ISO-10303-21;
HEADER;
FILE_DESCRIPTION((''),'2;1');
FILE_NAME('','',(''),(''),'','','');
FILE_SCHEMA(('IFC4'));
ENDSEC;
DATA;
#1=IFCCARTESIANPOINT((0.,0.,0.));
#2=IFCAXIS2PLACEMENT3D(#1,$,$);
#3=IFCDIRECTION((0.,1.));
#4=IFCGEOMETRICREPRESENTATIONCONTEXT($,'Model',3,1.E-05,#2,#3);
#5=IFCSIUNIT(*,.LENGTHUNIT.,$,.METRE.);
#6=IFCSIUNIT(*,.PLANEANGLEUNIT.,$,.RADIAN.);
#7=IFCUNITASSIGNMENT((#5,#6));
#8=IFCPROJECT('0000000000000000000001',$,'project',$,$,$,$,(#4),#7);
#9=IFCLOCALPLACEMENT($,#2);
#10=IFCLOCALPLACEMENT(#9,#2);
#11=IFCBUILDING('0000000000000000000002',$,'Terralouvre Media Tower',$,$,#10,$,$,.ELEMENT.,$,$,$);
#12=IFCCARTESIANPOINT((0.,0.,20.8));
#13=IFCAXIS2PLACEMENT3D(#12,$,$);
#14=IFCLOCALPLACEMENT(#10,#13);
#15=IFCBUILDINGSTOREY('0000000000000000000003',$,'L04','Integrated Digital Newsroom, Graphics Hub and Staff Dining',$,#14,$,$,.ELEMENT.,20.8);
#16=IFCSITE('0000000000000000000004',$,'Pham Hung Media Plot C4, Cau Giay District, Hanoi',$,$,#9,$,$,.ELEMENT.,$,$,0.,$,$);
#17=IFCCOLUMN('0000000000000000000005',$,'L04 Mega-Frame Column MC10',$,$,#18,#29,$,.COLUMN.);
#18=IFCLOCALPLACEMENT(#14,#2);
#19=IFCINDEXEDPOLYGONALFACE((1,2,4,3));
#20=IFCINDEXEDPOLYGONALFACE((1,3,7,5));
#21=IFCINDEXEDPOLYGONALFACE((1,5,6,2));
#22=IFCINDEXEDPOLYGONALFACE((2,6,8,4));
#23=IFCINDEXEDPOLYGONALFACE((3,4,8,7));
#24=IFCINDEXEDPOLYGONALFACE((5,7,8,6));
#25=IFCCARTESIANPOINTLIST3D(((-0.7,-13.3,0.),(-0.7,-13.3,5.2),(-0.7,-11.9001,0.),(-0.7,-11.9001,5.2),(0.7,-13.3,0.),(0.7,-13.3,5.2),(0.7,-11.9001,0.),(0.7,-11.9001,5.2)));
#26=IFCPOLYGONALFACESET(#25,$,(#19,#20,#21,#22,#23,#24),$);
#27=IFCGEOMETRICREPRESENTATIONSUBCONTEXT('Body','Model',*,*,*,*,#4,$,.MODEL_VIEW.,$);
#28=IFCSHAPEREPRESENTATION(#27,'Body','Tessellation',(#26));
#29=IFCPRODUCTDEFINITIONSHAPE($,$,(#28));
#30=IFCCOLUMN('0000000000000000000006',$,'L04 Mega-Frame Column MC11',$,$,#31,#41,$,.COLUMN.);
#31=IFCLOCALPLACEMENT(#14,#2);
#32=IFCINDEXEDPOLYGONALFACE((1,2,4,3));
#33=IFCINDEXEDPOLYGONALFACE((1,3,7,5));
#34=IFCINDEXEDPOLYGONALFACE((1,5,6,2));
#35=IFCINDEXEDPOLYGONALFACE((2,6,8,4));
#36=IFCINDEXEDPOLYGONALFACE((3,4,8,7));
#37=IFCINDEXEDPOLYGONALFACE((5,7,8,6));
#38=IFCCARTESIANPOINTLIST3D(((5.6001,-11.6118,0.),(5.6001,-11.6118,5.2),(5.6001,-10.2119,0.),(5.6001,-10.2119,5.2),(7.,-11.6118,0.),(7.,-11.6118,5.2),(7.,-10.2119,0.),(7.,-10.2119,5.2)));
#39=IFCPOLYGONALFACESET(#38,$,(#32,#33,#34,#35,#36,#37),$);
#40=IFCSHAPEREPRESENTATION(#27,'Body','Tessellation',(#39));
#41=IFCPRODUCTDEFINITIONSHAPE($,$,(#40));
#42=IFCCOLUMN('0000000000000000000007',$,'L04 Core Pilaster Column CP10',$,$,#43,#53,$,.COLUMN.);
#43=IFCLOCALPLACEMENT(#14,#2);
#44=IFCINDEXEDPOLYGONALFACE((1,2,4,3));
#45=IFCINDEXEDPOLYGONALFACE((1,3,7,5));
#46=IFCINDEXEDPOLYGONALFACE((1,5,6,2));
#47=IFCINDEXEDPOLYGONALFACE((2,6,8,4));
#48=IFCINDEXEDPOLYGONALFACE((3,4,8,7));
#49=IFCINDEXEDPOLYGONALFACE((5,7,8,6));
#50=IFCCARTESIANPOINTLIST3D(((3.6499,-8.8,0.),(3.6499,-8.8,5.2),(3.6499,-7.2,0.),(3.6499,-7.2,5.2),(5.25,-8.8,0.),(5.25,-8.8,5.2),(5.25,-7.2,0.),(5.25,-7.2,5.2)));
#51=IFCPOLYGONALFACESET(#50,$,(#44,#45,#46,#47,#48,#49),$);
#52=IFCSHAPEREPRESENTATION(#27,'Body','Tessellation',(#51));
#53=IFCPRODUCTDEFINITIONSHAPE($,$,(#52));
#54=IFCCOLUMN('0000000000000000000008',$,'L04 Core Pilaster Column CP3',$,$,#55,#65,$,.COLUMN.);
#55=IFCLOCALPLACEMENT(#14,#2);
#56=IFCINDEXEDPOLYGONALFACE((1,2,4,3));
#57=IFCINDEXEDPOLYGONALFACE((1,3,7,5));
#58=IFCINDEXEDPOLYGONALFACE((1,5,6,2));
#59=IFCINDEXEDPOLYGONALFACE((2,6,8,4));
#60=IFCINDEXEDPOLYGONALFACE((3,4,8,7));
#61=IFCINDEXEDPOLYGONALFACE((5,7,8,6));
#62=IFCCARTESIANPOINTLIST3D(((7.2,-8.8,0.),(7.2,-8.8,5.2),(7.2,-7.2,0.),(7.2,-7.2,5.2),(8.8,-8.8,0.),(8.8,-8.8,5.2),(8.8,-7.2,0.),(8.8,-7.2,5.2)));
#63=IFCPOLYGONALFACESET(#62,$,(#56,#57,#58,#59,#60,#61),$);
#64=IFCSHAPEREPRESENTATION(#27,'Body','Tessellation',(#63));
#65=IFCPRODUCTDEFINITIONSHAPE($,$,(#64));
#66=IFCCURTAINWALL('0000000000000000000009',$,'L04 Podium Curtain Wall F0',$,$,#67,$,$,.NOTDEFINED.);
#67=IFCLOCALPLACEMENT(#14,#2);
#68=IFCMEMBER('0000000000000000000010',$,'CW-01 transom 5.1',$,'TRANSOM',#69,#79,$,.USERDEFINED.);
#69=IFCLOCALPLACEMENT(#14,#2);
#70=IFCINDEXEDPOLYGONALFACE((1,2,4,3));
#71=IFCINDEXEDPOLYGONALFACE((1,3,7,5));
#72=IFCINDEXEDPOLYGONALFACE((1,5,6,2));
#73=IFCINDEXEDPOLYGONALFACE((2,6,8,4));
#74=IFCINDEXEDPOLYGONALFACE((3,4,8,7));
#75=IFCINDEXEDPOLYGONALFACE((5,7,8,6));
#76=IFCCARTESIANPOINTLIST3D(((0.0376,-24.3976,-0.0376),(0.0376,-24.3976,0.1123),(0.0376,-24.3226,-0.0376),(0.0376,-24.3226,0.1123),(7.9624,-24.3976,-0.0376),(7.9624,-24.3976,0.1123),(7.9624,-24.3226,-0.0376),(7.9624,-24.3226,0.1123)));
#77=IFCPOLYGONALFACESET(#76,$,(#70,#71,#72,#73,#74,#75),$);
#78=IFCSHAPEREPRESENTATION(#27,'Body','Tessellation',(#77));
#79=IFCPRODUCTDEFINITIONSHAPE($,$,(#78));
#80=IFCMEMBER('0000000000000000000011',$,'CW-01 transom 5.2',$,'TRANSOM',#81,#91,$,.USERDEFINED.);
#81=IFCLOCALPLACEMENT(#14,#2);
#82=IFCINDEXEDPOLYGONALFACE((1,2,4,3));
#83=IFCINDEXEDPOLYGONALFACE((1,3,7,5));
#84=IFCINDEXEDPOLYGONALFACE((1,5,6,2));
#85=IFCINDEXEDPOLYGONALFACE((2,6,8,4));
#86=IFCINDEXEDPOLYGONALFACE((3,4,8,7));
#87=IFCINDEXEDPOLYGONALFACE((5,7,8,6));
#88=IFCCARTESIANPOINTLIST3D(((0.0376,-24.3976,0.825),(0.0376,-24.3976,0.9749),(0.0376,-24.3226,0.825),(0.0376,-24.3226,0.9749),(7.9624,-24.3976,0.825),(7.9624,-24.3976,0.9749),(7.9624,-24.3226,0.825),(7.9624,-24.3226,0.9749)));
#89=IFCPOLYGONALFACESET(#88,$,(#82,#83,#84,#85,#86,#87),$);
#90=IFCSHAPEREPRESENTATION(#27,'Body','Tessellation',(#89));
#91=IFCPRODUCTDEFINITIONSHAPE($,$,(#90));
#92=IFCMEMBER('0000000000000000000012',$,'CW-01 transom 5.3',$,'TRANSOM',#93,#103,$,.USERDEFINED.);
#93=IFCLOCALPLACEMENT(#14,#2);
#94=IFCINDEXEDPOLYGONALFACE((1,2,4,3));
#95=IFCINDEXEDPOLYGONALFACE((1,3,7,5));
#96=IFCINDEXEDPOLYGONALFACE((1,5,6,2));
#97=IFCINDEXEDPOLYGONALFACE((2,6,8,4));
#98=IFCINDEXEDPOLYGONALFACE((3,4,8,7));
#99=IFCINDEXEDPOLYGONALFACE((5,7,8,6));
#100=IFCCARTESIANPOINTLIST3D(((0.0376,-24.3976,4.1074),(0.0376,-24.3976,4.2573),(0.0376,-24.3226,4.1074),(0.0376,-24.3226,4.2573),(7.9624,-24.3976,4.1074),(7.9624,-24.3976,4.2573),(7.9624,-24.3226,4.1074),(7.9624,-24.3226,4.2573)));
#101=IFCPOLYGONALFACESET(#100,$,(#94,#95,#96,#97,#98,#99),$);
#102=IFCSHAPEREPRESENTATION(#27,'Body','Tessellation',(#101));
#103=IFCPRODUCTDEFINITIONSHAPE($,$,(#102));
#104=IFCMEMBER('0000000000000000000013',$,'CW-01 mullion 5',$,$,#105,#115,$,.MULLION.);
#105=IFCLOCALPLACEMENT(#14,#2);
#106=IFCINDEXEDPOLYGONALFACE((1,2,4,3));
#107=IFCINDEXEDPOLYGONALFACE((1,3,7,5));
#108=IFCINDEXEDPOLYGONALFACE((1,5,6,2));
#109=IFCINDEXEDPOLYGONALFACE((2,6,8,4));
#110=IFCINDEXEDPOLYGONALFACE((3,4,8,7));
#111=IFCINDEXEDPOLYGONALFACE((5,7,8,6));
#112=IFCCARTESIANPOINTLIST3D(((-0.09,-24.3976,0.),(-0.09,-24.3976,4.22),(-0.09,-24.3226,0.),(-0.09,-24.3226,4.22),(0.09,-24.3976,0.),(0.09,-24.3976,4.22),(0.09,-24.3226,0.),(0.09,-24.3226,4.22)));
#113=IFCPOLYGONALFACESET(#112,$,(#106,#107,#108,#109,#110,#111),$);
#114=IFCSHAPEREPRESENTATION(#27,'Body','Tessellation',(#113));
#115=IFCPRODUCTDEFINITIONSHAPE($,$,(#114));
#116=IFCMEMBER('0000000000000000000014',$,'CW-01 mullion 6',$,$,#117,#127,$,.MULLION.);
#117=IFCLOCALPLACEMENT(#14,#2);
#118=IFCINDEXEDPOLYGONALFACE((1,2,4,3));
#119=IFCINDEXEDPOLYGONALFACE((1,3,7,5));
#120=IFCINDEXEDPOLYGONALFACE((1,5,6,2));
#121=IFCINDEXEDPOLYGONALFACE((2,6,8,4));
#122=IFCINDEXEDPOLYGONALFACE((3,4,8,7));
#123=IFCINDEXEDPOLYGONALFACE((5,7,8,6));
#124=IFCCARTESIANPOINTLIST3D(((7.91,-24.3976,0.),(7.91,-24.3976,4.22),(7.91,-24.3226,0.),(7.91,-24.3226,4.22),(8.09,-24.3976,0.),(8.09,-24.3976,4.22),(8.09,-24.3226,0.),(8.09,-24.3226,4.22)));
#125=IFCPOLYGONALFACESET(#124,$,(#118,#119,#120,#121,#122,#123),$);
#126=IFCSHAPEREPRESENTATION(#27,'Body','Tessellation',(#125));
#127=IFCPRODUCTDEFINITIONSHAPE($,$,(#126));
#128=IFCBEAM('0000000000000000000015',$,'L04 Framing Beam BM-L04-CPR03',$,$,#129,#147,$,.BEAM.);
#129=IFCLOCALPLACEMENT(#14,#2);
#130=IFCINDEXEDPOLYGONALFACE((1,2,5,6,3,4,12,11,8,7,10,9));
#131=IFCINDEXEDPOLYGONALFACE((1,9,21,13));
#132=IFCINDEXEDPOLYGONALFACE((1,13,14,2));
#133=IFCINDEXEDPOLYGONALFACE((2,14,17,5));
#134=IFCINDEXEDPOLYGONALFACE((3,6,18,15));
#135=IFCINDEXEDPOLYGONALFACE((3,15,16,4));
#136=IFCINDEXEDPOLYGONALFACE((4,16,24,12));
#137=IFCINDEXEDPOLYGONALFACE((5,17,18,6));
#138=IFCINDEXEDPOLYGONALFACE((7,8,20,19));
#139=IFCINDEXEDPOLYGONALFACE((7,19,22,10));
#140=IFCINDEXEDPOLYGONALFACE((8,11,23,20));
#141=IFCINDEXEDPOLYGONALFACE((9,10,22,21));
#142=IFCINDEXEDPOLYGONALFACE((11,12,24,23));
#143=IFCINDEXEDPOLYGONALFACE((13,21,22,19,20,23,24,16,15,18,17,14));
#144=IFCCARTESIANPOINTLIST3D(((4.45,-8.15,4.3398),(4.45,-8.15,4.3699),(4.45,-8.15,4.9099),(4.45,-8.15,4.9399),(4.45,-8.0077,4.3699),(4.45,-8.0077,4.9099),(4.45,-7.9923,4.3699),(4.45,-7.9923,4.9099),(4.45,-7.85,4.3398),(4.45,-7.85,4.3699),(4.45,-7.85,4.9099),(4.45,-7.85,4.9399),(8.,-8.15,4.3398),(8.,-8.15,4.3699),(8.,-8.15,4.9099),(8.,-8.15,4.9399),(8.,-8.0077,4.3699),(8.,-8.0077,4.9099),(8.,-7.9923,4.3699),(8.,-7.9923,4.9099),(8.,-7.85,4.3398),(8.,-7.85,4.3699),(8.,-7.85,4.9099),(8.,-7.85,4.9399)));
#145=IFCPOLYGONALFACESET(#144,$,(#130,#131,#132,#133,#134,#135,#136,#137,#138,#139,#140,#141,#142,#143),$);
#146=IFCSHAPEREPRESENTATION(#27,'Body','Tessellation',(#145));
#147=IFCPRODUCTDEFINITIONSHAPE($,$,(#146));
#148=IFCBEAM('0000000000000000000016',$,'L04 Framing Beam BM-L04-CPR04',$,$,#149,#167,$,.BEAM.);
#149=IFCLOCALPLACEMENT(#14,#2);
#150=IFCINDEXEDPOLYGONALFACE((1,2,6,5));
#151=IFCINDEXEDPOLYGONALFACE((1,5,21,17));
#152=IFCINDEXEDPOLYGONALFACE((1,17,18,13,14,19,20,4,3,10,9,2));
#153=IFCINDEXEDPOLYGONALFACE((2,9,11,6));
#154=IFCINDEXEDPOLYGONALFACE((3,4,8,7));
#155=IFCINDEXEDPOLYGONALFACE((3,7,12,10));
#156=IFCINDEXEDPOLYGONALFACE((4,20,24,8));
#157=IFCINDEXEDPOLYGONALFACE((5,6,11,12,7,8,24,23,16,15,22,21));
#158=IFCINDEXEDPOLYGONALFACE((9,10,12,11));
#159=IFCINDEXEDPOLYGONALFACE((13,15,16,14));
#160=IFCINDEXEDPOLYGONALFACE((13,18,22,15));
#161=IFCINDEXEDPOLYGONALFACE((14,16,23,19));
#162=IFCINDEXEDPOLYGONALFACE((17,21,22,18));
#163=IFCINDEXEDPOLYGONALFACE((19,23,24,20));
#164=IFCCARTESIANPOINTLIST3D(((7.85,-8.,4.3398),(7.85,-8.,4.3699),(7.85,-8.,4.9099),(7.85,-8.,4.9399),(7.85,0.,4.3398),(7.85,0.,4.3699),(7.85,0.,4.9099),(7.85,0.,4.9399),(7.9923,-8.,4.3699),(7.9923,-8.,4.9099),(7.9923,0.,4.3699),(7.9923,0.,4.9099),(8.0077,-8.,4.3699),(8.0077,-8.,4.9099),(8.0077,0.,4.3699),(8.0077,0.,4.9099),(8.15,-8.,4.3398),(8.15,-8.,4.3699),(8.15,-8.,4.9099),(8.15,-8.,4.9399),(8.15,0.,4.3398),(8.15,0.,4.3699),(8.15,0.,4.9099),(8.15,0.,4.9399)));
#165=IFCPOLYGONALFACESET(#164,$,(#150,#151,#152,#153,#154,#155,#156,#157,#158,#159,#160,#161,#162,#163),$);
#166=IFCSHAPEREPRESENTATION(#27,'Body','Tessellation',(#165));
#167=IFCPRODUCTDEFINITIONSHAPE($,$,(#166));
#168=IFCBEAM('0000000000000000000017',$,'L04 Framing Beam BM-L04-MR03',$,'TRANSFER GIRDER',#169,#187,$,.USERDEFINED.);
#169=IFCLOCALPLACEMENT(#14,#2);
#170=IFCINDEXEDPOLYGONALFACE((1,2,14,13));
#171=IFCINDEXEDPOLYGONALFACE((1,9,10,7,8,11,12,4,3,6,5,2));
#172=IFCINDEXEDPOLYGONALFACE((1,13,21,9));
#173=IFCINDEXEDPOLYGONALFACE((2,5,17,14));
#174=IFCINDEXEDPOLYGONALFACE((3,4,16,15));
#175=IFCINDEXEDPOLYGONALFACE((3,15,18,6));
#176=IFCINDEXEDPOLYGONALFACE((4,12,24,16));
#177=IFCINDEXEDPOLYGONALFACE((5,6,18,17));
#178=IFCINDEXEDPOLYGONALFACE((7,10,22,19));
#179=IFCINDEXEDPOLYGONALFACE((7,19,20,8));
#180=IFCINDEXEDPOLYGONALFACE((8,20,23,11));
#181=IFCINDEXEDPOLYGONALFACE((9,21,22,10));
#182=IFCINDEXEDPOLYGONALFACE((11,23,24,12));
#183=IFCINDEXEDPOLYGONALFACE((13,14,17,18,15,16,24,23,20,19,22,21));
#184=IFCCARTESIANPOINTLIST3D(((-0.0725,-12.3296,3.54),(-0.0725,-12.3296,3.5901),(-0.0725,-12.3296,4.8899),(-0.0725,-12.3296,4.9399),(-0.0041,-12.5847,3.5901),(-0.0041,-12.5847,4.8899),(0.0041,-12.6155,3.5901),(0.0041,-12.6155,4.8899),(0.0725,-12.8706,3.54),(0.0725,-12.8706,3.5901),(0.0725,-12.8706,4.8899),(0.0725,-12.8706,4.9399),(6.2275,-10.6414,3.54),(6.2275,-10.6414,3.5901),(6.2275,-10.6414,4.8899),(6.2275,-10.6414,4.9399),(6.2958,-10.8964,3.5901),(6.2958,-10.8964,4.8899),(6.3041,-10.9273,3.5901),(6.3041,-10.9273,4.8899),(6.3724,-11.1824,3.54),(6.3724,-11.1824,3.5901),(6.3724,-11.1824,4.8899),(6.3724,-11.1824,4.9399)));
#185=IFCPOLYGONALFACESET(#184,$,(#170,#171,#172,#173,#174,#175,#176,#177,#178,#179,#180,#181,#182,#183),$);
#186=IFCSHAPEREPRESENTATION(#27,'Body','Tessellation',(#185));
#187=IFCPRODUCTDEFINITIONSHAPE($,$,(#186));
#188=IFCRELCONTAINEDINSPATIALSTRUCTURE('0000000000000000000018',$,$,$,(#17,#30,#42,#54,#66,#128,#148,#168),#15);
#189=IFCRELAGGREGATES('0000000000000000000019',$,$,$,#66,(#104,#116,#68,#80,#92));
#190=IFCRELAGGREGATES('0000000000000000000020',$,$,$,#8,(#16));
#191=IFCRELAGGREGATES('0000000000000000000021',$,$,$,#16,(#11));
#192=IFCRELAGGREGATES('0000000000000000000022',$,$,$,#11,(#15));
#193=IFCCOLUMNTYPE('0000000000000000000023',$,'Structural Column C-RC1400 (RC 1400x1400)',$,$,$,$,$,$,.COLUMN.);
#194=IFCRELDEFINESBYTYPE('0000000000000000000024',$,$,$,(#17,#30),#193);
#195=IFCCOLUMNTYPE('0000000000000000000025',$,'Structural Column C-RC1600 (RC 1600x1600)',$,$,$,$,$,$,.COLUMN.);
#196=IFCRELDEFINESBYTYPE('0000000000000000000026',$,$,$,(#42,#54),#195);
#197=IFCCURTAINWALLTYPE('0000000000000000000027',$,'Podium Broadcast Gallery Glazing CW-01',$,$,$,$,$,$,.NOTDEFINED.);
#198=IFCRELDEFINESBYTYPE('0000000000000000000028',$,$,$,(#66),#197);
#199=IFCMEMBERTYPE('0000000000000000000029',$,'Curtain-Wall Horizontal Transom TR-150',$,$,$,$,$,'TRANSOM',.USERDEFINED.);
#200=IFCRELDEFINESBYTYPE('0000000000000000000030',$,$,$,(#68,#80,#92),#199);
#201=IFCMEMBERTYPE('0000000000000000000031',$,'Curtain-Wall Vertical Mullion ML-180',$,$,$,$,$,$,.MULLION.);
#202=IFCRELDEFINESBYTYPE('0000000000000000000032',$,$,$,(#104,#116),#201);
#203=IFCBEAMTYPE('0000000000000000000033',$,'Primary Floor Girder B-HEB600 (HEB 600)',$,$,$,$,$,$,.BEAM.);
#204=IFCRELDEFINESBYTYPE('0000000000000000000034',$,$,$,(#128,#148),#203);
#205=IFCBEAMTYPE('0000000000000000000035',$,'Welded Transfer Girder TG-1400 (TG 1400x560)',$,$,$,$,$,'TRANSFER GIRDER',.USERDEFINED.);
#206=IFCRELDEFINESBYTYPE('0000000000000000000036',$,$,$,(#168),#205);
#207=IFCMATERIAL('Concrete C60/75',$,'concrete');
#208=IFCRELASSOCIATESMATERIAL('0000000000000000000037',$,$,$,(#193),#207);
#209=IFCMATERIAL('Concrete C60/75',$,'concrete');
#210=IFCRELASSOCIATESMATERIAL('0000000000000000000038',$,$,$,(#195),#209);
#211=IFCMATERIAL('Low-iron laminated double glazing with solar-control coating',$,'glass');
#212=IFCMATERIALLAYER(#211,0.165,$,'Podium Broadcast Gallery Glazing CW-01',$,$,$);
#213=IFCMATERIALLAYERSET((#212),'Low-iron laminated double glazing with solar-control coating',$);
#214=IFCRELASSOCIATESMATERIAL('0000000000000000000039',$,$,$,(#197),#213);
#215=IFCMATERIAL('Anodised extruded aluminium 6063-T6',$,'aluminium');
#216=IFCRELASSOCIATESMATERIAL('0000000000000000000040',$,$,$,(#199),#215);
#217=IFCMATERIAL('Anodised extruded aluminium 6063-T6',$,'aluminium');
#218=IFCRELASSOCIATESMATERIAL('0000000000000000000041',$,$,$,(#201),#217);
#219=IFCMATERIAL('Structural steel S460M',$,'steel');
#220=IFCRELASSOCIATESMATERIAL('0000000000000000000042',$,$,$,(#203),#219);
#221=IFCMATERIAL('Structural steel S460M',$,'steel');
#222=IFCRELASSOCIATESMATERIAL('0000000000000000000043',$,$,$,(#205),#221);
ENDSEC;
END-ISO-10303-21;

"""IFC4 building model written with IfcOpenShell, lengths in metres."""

from ifc_helpers import new_model, si_unit, direction, frame, origin, origin_2d, place, context, subcontext, project, spatial, rectangle, i_section, extrude, material, layer, layer_set, material_profile, profile_set, type_object, element, aggregate, save


model = new_model("IFC4")

# Units and contexts
model_context = context("Model", 3, precision=1e-05, world=origin(), true_north=direction((0.0, 1.0)))
body_context = subcontext(model_context, "Body", "Model", "MODEL_VIEW")
ifc_project = project(units=[si_unit("LENGTHUNIT", "METRE"), si_unit("PLANEANGLEUNIT", "RADIAN")], contexts=[model_context])

# Site, building, storey
site_placement = place(None, origin())
site = spatial("IfcSite", under=ifc_project, at=site_placement, Name="Pham Hung Media Plot C4, Cau Giay District, Hanoi", CompositionType="ELEMENT", RefElevation=0.0)
building_placement = place(site_placement, origin())
building = spatial("IfcBuilding", under=site, at=building_placement, Name="Terralouvre Media Tower", CompositionType="ELEMENT")
storey_placement = place(building_placement, frame((0.0, 0.0, 20.8)))
storey = spatial("IfcBuildingStorey", under=building, at=storey_placement, Name="L04", Description="Integrated Digital Newsroom, Graphics Hub and Staff Dining", CompositionType="ELEMENT", Elevation=20.8)

# Columns
ifc_material_1 = material(Name="Concrete C60/75", Category="concrete")
ifc_material_profile_1 = material_profile(ifc_material_1, rectangle(XDim=1.3999, YDim=1.3999, at=origin_2d()), Name="RC 1400x1400")
ifc_profile_set_1 = profile_set([ifc_material_profile_1], Name="Concrete C60/75")
column_type_1 = type_object("IfcColumnType", Name="Structural Column C-RC1400 (RC 1400x1400)", PredefinedType="COLUMN", material=ifc_profile_set_1)
for number, where, z_axis, x_axis, name in (
    (1, (0.0, -12.6001, 0.0), (0.0, 0.0, 1.0), (1.0, 0.0, 0.0), "L04 Mega-Frame Column MC10"),
    (2, (6.3, -10.9119, 0.0), (0.0, 0.0, 1.0), (1.0, 0.0, 0.0), "L04 Mega-Frame Column MC11"),
):
    element("IfcColumn", number, at=place(storey_placement, frame(where, z_axis=z_axis, x_axis=x_axis)), inside=storey, type_object=column_type_1, Name=name, PredefinedType="COLUMN", context=body_context, shape_type="SweptSolid", body=[
        extrude(rectangle(XDim=1.3999, YDim=1.3999, at=origin_2d()), origin(), (0.0, 0.0, 1.0), 5.2),
    ])
ifc_material_2 = material(Name="Concrete C60/75", Category="concrete")
ifc_material_profile_2 = material_profile(ifc_material_2, rectangle(XDim=1.6001, YDim=1.6001, at=origin_2d()), Name="RC 1600x1600")
ifc_profile_set_2 = profile_set([ifc_material_profile_2], Name="Concrete C60/75")
column_type_2 = type_object("IfcColumnType", Name="Structural Column C-RC1600 (RC 1600x1600)", PredefinedType="COLUMN", material=ifc_profile_set_2)
for number, where, z_axis, x_axis, name in (
    (3, (4.45, -8.0, 0.0), (0.0, 0.0, 1.0), (1.0, 0.0, 0.0), "L04 Core Pilaster Column CP10"),
    (4, (8.0, -8.0, 0.0), (0.0, 0.0, 1.0), (1.0, 0.0, 0.0), "L04 Core Pilaster Column CP3"),
):
    element("IfcColumn", number, at=place(storey_placement, frame(where, z_axis=z_axis, x_axis=x_axis)), inside=storey, type_object=column_type_2, Name=name, PredefinedType="COLUMN", context=body_context, shape_type="SweptSolid", body=[
        extrude(rectangle(XDim=1.6001, YDim=1.6001, at=origin_2d()), origin(), (0.0, 0.0, 1.0), 5.2),
    ])

# Curtain wall, members
ifc_material_3 = material(Name="Low-iron laminated double glazing with solar-control coating", Category="glass")
ifc_layer_1 = layer(ifc_material_3, 0.165, Name="Podium Broadcast Gallery Glazing CW-01")
ifc_layer_set_1 = layer_set([ifc_layer_1], Name="Low-iron laminated double glazing with solar-control coating")
curtain_wall_type = type_object("IfcCurtainWallType", Name="Podium Broadcast Gallery Glazing CW-01", PredefinedType="NOTDEFINED", material=ifc_layer_set_1)
curtain_wall_placement = place(storey_placement, origin())
curtain_wall = element("IfcCurtainWall", 5, at=curtain_wall_placement, inside=storey, type_object=curtain_wall_type, Name="L04 Podium Curtain Wall F0", PredefinedType="NOTDEFINED")
ifc_material_4 = material(Name="Anodised extruded aluminium 6063-T6", Category="aluminium")
ifc_material_profile_3 = material_profile(ifc_material_4, rectangle(XDim=0.075, YDim=0.1499, at=origin_2d()), Name="ALU 75x150")
ifc_profile_set_3 = profile_set([ifc_material_profile_3], Name="Anodised extruded aluminium 6063-T6")
member_type_1 = type_object("IfcMemberType", Name="Curtain-Wall Horizontal Transom TR-150", ElementType="TRANSOM", PredefinedType="USERDEFINED", material=ifc_profile_set_3)
member_1_placement = place(storey_placement, frame((0.0376, -24.3601, 0.0374), z_axis=(1.0, 0.0, 0.0), x_axis=(0.0, 1.0, 0.0)))
member_1 = element("IfcMember", 6, at=member_1_placement, type_object=member_type_1, Name="CW-01 transom 5.1", ObjectType="TRANSOM", PredefinedType="USERDEFINED", context=body_context, shape_type="SweptSolid", body=[
    extrude(rectangle(XDim=0.075, YDim=0.1499, at=origin_2d()), origin(), (0.0, 0.0, 1.0), 7.9248),
])
member_2_placement = place(storey_placement, frame((0.0376, -24.3601, 0.8999), z_axis=(1.0, 0.0, 0.0), x_axis=(0.0, 1.0, 0.0)))
member_2 = element("IfcMember", 7, at=member_2_placement, type_object=member_type_1, Name="CW-01 transom 5.2", ObjectType="TRANSOM", PredefinedType="USERDEFINED", context=body_context, shape_type="SweptSolid", body=[
    extrude(rectangle(XDim=0.075, YDim=0.1499, at=origin_2d()), origin(), (0.0, 0.0, 1.0), 7.9248),
])
member_3_placement = place(storey_placement, frame((0.0376, -24.3601, 4.1824), z_axis=(1.0, 0.0, 0.0), x_axis=(0.0, 1.0, 0.0)))
member_3 = element("IfcMember", 8, at=member_3_placement, type_object=member_type_1, Name="CW-01 transom 5.3", ObjectType="TRANSOM", PredefinedType="USERDEFINED", context=body_context, shape_type="SweptSolid", body=[
    extrude(rectangle(XDim=0.075, YDim=0.1499, at=origin_2d()), origin(), (0.0, 0.0, 1.0), 7.9248),
])
ifc_material_5 = material(Name="Anodised extruded aluminium 6063-T6", Category="aluminium")
ifc_material_profile_4 = material_profile(ifc_material_5, rectangle(XDim=0.075, YDim=0.1799, at=origin_2d()), Name="ALU 75x180")
ifc_profile_set_4 = profile_set([ifc_material_profile_4], Name="Anodised extruded aluminium 6063-T6")
member_type_2 = type_object("IfcMemberType", Name="Curtain-Wall Vertical Mullion ML-180", PredefinedType="MULLION", material=ifc_profile_set_4)
member_4_placement = place(storey_placement, frame((0.0, -24.3601, 0.0), z_axis=(0.0, 0.0, 1.0), x_axis=(0.0, 1.0, 0.0)))
member_4 = element("IfcMember", 9, at=member_4_placement, type_object=member_type_2, Name="CW-01 mullion 5", PredefinedType="MULLION", context=body_context, shape_type="SweptSolid", body=[
    extrude(rectangle(XDim=0.075, YDim=0.1799, at=origin_2d()), origin(), (0.0, 0.0, 1.0), 4.22),
])
member_5_placement = place(storey_placement, frame((8.0, -24.3601, 0.0), z_axis=(0.0, 0.0, 1.0), x_axis=(0.0, 1.0, 0.0)))
member_5 = element("IfcMember", 10, at=member_5_placement, type_object=member_type_2, Name="CW-01 mullion 6", PredefinedType="MULLION", context=body_context, shape_type="SweptSolid", body=[
    extrude(rectangle(XDim=0.075, YDim=0.1799, at=origin_2d()), origin(), (0.0, 0.0, 1.0), 4.22),
])

# Beams
ifc_material_6 = material(Name="Structural steel S460M", Category="steel")
ifc_material_profile_5 = material_profile(ifc_material_6, i_section(OverallWidth=0.3, OverallDepth=0.6001, WebThickness=0.0154, FlangeThickness=0.03, at=origin_2d()), Name="HEB 600")
ifc_profile_set_5 = profile_set([ifc_material_profile_5], Name="Structural steel S460M")
beam_type_1 = type_object("IfcBeamType", Name="Primary Floor Girder B-HEB600 (HEB 600)", PredefinedType="BEAM", material=ifc_profile_set_5)
beam_1_placement = place(storey_placement, frame((4.45, -8.0, 4.6399), z_axis=(1.0, 0.0, 0.0), x_axis=(0.0, 1.0, 0.0)))
element("IfcBeam", 11, at=beam_1_placement, inside=storey, type_object=beam_type_1, Name="L04 Framing Beam BM-L04-CPR03", PredefinedType="BEAM", context=body_context, shape_type="SweptSolid", body=[
    extrude(i_section(OverallWidth=0.3, OverallDepth=0.6001, WebThickness=0.0154, FlangeThickness=0.03, at=origin_2d()), origin(), (0.0, 0.0, 1.0), 3.55),
])
beam_2_placement = place(storey_placement, frame((8.0, -8.0, 4.6399), z_axis=(0.0, 1.0, 0.0), x_axis=(-1.0, 0.0, 0.0)))
element("IfcBeam", 12, at=beam_2_placement, inside=storey, type_object=beam_type_1, Name="L04 Framing Beam BM-L04-CPR04", PredefinedType="BEAM", context=body_context, shape_type="SweptSolid", body=[
    extrude(i_section(OverallWidth=0.3, OverallDepth=0.6001, WebThickness=0.0154, FlangeThickness=0.03, at=origin_2d()), origin(), (0.0, 0.0, 1.0), 8.0),
])
ifc_material_7 = material(Name="Structural steel S460M", Category="steel")
ifc_material_profile_6 = material_profile(ifc_material_7, i_section(OverallWidth=0.5601, OverallDepth=1.3999, WebThickness=0.032, FlangeThickness=0.05, at=origin_2d()), Name="TG 1400x560")
ifc_profile_set_6 = profile_set([ifc_material_profile_6], Name="Structural steel S460M")
beam_type_2 = type_object("IfcBeamType", Name="Welded Transfer Girder TG-1400 (TG 1400x560)", ElementType="TRANSFER GIRDER", PredefinedType="USERDEFINED", material=ifc_profile_set_6)
beam_3_placement = place(storey_placement, frame((0.0, -12.6001, 4.24), z_axis=(0.96592, 0.258839, 0.0), x_axis=(-0.258839, 0.96592, 0.0)))
element("IfcBeam", 13, at=beam_3_placement, inside=storey, type_object=beam_type_2, Name="L04 Framing Beam BM-L04-MR03", ObjectType="TRANSFER GIRDER", PredefinedType="USERDEFINED", context=body_context, shape_type="SweptSolid", body=[
    extrude(i_section(OverallWidth=0.5601, OverallDepth=1.3999, WebThickness=0.032, FlangeThickness=0.05, at=origin_2d()), origin(), (0.0, 0.0, 1.0), 6.5222),
])

aggregate(curtain_wall, [member_4, member_5, member_1, member_2, member_3])

save(model, "model.ifc")
